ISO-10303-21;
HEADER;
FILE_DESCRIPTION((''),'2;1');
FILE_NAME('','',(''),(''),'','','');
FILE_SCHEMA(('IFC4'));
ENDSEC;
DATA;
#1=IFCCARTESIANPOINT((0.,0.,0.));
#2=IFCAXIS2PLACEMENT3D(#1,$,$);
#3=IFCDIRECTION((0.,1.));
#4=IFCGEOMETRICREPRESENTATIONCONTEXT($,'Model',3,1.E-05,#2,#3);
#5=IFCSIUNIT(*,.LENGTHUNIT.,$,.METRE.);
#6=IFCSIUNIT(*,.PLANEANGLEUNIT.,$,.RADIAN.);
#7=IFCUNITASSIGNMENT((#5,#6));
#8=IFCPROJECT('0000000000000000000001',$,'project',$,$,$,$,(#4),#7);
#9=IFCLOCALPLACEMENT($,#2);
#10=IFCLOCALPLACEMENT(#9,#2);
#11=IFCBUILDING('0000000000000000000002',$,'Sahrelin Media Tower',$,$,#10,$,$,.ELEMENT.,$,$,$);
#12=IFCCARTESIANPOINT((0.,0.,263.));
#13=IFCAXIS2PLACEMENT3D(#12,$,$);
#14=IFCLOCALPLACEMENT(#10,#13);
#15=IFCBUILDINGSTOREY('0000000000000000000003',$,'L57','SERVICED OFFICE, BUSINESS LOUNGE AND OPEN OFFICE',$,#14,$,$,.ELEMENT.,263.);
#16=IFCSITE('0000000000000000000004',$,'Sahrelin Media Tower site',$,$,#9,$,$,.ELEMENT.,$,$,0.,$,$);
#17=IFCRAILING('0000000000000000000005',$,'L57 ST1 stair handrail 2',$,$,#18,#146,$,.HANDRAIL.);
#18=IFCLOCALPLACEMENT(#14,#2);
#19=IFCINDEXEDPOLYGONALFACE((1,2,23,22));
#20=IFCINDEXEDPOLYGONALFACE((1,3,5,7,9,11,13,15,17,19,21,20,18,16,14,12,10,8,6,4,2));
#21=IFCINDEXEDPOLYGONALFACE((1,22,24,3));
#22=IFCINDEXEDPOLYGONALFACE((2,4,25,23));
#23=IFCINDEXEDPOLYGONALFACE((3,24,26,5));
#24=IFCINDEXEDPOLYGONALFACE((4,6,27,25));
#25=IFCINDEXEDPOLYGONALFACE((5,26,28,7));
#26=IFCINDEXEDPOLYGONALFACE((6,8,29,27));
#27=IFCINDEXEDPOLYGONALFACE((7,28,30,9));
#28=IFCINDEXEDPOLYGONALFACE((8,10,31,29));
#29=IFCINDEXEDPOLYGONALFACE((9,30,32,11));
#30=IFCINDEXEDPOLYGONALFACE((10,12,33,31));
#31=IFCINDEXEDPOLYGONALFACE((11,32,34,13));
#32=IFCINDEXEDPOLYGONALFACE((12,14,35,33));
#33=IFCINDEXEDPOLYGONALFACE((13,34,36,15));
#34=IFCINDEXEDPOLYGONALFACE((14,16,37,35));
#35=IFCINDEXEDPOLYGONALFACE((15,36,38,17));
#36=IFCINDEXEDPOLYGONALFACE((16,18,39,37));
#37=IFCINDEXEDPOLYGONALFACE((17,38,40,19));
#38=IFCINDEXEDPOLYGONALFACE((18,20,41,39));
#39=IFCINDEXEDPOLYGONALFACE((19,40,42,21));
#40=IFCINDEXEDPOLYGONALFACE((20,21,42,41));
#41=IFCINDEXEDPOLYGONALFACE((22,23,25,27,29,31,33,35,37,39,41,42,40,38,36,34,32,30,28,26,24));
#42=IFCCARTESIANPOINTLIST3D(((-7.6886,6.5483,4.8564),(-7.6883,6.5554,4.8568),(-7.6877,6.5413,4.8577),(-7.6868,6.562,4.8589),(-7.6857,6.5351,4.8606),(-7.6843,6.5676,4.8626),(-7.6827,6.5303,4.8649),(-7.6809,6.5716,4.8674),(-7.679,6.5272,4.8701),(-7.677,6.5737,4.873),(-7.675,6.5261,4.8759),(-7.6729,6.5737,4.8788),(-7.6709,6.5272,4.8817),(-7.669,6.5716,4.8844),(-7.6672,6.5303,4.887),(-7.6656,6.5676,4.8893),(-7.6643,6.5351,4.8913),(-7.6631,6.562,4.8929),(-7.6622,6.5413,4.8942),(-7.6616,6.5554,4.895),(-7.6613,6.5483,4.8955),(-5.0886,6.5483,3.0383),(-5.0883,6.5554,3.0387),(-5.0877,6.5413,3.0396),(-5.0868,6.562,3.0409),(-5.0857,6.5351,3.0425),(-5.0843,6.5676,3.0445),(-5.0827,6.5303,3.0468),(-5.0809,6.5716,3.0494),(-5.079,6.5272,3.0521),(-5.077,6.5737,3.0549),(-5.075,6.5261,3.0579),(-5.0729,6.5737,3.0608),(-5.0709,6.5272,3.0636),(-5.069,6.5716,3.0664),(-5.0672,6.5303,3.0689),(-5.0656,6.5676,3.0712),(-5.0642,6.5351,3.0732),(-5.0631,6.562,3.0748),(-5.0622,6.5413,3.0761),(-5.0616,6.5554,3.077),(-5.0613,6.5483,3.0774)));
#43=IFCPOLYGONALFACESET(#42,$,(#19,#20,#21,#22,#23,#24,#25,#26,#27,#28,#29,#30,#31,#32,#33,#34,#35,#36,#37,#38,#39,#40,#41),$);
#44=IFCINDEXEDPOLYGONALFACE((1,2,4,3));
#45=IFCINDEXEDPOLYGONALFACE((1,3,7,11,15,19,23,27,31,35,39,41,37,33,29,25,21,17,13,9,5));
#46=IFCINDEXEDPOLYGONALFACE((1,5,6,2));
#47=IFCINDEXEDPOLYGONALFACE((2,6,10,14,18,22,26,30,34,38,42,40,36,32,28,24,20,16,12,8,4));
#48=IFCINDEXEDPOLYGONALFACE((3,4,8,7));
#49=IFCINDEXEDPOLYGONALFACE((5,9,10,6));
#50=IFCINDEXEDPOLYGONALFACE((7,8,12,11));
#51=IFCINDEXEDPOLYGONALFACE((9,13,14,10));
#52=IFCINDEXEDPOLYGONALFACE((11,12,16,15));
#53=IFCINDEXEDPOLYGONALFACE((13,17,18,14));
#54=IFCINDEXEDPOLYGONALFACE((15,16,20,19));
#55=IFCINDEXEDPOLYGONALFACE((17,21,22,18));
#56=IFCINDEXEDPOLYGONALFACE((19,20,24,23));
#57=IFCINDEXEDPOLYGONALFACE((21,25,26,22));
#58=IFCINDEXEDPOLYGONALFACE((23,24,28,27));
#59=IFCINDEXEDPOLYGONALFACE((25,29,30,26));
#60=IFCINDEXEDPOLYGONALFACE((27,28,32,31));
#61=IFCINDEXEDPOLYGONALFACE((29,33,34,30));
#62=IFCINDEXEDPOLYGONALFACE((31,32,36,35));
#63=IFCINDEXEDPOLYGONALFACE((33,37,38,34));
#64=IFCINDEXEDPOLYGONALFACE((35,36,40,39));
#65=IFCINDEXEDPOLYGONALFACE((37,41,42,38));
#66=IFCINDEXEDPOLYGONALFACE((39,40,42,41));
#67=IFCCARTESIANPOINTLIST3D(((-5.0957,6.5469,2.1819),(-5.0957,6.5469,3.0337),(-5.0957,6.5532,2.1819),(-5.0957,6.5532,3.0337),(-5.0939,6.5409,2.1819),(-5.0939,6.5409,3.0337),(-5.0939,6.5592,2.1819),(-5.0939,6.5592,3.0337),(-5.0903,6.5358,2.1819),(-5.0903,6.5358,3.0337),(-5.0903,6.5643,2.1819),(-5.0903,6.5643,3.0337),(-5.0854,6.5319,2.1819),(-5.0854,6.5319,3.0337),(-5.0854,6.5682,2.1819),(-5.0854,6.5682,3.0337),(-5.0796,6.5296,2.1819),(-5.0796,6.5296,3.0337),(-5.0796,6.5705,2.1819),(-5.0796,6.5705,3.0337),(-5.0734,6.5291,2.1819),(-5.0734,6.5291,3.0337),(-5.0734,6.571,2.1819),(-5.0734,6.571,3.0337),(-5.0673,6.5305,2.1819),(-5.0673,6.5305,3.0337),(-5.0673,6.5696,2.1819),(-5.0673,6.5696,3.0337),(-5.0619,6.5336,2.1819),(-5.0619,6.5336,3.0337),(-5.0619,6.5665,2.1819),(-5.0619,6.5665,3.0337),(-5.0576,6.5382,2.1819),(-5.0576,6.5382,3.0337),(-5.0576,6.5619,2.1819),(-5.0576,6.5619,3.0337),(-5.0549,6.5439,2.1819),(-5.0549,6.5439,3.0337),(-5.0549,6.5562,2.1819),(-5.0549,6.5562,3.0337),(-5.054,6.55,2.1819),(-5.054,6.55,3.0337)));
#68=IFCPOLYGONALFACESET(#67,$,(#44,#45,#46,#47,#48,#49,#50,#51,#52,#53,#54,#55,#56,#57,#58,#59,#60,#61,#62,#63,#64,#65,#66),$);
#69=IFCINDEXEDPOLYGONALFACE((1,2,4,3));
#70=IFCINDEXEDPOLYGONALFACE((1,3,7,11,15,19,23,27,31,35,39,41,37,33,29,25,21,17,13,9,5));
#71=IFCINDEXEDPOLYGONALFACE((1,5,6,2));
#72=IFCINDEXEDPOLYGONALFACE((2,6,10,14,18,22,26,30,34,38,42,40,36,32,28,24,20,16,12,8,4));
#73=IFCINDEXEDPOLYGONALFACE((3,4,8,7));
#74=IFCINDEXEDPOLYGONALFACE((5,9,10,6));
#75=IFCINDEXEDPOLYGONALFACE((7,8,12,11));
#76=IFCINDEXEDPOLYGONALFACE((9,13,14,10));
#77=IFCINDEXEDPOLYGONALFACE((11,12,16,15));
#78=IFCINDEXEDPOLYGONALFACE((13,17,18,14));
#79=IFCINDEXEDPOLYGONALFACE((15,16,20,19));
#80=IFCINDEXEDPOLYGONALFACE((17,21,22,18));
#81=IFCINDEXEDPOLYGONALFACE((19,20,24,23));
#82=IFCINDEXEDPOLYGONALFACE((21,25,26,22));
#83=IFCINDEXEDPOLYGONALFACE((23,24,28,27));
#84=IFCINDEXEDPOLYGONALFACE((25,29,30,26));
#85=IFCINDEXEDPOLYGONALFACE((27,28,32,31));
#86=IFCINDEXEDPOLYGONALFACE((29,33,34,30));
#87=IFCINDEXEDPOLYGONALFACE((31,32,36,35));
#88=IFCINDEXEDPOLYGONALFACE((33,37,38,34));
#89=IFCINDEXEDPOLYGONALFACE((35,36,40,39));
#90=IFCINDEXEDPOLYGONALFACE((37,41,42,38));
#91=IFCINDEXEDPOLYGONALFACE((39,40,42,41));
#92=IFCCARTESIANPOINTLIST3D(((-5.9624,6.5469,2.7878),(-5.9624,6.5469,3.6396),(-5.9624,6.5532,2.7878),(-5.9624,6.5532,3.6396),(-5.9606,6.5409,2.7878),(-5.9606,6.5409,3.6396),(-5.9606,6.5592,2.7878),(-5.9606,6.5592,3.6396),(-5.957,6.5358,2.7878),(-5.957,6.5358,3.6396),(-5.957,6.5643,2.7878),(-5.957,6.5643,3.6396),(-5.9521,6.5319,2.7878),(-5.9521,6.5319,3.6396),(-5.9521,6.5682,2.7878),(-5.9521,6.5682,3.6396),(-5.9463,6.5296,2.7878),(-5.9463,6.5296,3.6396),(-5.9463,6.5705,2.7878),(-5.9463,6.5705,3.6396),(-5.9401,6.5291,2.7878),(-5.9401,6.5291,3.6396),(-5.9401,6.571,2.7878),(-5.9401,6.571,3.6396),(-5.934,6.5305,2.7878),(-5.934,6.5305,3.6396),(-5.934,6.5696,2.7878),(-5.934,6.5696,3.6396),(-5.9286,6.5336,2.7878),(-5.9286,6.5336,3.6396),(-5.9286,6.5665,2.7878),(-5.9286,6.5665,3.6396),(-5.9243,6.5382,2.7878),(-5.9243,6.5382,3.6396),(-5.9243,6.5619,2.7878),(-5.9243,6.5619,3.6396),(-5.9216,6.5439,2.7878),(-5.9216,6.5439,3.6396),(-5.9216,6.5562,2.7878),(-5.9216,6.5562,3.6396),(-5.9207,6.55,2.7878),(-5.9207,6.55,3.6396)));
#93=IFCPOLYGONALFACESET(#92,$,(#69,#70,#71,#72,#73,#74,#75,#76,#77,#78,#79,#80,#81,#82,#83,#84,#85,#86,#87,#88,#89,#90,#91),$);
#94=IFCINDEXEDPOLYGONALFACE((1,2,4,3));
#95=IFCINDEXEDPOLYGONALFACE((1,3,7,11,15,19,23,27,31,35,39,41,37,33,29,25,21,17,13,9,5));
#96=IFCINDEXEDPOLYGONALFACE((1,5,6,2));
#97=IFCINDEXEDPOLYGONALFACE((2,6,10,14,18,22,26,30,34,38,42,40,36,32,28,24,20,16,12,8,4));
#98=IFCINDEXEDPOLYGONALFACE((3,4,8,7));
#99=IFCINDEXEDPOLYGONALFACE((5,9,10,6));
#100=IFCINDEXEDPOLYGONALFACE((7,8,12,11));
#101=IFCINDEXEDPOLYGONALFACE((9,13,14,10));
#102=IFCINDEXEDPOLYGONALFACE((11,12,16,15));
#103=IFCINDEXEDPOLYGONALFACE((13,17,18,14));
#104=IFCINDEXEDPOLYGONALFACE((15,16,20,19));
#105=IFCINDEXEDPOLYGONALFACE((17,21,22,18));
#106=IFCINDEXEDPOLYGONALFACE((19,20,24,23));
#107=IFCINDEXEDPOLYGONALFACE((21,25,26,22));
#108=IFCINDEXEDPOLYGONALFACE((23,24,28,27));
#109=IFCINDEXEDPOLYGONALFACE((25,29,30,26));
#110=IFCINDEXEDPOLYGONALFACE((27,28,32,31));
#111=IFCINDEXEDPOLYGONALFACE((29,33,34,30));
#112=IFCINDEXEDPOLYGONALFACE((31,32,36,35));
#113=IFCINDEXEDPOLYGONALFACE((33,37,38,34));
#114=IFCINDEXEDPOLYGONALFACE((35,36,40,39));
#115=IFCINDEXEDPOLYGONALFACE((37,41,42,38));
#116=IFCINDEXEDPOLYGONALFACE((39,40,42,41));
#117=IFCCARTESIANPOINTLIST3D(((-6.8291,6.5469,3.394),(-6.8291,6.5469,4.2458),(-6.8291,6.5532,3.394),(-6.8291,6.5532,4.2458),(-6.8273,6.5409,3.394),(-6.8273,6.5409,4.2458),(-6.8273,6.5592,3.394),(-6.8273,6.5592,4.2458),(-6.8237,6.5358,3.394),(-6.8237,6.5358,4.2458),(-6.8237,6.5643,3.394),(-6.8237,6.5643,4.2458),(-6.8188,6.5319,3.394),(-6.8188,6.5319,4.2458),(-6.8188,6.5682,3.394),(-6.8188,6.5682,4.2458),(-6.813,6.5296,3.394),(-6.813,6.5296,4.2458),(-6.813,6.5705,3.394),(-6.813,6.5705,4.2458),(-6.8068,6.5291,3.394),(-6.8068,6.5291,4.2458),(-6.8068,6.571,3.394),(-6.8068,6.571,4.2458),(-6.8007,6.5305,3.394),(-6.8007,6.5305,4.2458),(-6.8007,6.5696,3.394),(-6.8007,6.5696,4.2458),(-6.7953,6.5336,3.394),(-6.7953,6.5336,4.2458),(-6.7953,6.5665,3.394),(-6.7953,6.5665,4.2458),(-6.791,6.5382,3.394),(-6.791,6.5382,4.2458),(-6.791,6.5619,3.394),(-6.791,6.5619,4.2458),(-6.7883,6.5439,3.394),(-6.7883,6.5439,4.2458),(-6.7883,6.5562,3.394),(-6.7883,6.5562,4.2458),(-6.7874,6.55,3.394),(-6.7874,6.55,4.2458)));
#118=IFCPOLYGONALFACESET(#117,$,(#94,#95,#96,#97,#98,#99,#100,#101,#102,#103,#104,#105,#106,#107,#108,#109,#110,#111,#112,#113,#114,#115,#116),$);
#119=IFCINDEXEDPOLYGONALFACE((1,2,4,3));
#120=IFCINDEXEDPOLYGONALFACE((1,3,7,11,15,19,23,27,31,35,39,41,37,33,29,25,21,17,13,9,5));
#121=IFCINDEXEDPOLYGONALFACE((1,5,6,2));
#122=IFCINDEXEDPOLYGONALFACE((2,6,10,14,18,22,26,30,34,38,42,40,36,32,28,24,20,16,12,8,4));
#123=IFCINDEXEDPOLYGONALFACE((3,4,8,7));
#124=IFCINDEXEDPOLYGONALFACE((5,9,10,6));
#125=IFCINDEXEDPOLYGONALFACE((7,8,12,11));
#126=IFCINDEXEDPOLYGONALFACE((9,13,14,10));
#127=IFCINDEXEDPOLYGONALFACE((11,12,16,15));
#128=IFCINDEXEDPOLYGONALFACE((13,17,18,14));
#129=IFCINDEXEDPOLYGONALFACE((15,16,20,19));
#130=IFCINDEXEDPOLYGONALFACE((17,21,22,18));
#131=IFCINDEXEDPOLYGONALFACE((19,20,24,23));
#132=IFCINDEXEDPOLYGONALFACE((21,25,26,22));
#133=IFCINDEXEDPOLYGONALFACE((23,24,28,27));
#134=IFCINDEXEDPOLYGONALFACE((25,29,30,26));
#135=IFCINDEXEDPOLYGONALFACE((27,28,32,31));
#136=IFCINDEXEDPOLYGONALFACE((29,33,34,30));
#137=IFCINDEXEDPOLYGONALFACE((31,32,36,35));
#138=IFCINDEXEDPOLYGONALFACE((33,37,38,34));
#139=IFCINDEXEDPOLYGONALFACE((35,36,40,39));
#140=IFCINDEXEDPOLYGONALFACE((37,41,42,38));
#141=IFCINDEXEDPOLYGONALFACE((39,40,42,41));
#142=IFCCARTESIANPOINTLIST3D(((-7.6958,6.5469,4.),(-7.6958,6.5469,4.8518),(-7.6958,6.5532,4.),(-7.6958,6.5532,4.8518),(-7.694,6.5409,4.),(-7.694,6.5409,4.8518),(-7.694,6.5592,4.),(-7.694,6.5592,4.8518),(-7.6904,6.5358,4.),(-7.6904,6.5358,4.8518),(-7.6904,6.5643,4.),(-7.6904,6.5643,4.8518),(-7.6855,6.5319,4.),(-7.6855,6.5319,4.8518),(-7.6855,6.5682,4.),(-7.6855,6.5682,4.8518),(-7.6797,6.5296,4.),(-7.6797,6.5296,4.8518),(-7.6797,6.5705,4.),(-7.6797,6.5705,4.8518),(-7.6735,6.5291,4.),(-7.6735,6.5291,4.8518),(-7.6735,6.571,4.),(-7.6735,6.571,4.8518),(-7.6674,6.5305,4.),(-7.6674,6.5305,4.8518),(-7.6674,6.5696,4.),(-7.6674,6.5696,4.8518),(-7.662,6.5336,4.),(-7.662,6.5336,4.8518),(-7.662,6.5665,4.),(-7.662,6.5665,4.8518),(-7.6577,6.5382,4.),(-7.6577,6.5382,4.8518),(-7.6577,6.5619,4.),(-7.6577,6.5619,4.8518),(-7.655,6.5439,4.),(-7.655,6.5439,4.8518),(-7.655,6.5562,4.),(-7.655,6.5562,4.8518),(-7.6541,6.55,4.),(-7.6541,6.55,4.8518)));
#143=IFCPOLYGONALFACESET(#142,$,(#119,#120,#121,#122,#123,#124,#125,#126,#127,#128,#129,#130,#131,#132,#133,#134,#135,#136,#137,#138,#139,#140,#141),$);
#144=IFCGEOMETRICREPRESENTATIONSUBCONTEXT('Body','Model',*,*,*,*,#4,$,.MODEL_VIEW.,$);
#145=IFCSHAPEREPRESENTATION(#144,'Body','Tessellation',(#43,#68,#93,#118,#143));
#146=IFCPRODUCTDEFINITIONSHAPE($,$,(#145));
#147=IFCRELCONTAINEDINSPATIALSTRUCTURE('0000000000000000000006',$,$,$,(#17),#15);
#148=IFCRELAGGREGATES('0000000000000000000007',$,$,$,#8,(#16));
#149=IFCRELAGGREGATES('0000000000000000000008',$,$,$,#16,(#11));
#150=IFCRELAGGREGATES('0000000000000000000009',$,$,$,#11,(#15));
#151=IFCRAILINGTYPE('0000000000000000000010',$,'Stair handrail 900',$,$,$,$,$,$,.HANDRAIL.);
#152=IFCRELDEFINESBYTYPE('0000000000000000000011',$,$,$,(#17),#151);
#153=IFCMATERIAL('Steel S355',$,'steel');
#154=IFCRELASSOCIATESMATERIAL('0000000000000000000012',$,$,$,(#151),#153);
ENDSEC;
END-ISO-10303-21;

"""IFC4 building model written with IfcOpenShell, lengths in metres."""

from ifc_helpers import new_model, si_unit, direction, frame, origin, origin_2d, place, context, subcontext, project, spatial, circle, extrude, material, type_object, element, save


model = new_model("IFC4")

# Units and contexts
model_context = context("Model", 3, precision=1e-05, world=origin(), true_north=direction((0.0, 1.0)))
body_context = subcontext(model_context, "Body", "Model", "MODEL_VIEW")
ifc_project = project(units=[si_unit("LENGTHUNIT", "METRE"), si_unit("PLANEANGLEUNIT", "RADIAN")], contexts=[model_context])

# Site, building, storey
site_placement = place(None, origin())
site = spatial("IfcSite", under=ifc_project, at=site_placement, Name="Sahrelin Media Tower site", CompositionType="ELEMENT", RefElevation=0.0)
building_placement = place(site_placement, origin())
building = spatial("IfcBuilding", under=site, at=building_placement, Name="Sahrelin Media Tower", CompositionType="ELEMENT")
storey_placement = place(building_placement, frame((0.0, 0.0, 263.0)))
storey = spatial("IfcBuildingStorey", under=building, at=storey_placement, Name="L57", Description="SERVICED OFFICE, BUSINESS LOUNGE AND OPEN OFFICE", CompositionType="ELEMENT", Elevation=263.0)

# Shared definitions
ifc_material_1 = material(Name="Steel S355", Category="steel")

# Railing
railing_type_1 = type_object("IfcRailingType", Name="Stair handrail 900", PredefinedType="HANDRAIL", material=ifc_material_1)
railing_1_placement = place(storey_placement, frame((-5.075, 6.55, 2.1819)))
element("IfcRailing", 1, at=railing_1_placement, inside=storey, type_object=railing_type_1, Name="L57 ST1 stair handrail 2", PredefinedType="HANDRAIL", context=body_context, shape_type="SweptSolid", body=[
    extrude(circle(Radius=0.0239, at=origin_2d()), frame((0.0, 0.0, 0.876), z_axis=(-0.819521, 0.0, 0.573049), x_axis=(0.0, -1.0, 0.0)), (0.0, 0.0, 1.0), 3.1726),
    extrude(circle(Radius=0.021, at=origin_2d()), origin(), (0.0, 0.0, 1.0), 0.8518),
    extrude(circle(Radius=0.021, at=origin_2d()), frame((-0.8667, 0.0, 0.606)), (0.0, 0.0, 1.0), 0.8518),
    extrude(circle(Radius=0.021, at=origin_2d()), frame((-1.7334, 0.0, 1.2122)), (0.0, 0.0, 1.0), 0.8518),
    extrude(circle(Radius=0.021, at=origin_2d()), frame((-2.6001, 0.0, 1.8181)), (0.0, 0.0, 1.0), 0.8518),
])

save(model, "model.ifc")
